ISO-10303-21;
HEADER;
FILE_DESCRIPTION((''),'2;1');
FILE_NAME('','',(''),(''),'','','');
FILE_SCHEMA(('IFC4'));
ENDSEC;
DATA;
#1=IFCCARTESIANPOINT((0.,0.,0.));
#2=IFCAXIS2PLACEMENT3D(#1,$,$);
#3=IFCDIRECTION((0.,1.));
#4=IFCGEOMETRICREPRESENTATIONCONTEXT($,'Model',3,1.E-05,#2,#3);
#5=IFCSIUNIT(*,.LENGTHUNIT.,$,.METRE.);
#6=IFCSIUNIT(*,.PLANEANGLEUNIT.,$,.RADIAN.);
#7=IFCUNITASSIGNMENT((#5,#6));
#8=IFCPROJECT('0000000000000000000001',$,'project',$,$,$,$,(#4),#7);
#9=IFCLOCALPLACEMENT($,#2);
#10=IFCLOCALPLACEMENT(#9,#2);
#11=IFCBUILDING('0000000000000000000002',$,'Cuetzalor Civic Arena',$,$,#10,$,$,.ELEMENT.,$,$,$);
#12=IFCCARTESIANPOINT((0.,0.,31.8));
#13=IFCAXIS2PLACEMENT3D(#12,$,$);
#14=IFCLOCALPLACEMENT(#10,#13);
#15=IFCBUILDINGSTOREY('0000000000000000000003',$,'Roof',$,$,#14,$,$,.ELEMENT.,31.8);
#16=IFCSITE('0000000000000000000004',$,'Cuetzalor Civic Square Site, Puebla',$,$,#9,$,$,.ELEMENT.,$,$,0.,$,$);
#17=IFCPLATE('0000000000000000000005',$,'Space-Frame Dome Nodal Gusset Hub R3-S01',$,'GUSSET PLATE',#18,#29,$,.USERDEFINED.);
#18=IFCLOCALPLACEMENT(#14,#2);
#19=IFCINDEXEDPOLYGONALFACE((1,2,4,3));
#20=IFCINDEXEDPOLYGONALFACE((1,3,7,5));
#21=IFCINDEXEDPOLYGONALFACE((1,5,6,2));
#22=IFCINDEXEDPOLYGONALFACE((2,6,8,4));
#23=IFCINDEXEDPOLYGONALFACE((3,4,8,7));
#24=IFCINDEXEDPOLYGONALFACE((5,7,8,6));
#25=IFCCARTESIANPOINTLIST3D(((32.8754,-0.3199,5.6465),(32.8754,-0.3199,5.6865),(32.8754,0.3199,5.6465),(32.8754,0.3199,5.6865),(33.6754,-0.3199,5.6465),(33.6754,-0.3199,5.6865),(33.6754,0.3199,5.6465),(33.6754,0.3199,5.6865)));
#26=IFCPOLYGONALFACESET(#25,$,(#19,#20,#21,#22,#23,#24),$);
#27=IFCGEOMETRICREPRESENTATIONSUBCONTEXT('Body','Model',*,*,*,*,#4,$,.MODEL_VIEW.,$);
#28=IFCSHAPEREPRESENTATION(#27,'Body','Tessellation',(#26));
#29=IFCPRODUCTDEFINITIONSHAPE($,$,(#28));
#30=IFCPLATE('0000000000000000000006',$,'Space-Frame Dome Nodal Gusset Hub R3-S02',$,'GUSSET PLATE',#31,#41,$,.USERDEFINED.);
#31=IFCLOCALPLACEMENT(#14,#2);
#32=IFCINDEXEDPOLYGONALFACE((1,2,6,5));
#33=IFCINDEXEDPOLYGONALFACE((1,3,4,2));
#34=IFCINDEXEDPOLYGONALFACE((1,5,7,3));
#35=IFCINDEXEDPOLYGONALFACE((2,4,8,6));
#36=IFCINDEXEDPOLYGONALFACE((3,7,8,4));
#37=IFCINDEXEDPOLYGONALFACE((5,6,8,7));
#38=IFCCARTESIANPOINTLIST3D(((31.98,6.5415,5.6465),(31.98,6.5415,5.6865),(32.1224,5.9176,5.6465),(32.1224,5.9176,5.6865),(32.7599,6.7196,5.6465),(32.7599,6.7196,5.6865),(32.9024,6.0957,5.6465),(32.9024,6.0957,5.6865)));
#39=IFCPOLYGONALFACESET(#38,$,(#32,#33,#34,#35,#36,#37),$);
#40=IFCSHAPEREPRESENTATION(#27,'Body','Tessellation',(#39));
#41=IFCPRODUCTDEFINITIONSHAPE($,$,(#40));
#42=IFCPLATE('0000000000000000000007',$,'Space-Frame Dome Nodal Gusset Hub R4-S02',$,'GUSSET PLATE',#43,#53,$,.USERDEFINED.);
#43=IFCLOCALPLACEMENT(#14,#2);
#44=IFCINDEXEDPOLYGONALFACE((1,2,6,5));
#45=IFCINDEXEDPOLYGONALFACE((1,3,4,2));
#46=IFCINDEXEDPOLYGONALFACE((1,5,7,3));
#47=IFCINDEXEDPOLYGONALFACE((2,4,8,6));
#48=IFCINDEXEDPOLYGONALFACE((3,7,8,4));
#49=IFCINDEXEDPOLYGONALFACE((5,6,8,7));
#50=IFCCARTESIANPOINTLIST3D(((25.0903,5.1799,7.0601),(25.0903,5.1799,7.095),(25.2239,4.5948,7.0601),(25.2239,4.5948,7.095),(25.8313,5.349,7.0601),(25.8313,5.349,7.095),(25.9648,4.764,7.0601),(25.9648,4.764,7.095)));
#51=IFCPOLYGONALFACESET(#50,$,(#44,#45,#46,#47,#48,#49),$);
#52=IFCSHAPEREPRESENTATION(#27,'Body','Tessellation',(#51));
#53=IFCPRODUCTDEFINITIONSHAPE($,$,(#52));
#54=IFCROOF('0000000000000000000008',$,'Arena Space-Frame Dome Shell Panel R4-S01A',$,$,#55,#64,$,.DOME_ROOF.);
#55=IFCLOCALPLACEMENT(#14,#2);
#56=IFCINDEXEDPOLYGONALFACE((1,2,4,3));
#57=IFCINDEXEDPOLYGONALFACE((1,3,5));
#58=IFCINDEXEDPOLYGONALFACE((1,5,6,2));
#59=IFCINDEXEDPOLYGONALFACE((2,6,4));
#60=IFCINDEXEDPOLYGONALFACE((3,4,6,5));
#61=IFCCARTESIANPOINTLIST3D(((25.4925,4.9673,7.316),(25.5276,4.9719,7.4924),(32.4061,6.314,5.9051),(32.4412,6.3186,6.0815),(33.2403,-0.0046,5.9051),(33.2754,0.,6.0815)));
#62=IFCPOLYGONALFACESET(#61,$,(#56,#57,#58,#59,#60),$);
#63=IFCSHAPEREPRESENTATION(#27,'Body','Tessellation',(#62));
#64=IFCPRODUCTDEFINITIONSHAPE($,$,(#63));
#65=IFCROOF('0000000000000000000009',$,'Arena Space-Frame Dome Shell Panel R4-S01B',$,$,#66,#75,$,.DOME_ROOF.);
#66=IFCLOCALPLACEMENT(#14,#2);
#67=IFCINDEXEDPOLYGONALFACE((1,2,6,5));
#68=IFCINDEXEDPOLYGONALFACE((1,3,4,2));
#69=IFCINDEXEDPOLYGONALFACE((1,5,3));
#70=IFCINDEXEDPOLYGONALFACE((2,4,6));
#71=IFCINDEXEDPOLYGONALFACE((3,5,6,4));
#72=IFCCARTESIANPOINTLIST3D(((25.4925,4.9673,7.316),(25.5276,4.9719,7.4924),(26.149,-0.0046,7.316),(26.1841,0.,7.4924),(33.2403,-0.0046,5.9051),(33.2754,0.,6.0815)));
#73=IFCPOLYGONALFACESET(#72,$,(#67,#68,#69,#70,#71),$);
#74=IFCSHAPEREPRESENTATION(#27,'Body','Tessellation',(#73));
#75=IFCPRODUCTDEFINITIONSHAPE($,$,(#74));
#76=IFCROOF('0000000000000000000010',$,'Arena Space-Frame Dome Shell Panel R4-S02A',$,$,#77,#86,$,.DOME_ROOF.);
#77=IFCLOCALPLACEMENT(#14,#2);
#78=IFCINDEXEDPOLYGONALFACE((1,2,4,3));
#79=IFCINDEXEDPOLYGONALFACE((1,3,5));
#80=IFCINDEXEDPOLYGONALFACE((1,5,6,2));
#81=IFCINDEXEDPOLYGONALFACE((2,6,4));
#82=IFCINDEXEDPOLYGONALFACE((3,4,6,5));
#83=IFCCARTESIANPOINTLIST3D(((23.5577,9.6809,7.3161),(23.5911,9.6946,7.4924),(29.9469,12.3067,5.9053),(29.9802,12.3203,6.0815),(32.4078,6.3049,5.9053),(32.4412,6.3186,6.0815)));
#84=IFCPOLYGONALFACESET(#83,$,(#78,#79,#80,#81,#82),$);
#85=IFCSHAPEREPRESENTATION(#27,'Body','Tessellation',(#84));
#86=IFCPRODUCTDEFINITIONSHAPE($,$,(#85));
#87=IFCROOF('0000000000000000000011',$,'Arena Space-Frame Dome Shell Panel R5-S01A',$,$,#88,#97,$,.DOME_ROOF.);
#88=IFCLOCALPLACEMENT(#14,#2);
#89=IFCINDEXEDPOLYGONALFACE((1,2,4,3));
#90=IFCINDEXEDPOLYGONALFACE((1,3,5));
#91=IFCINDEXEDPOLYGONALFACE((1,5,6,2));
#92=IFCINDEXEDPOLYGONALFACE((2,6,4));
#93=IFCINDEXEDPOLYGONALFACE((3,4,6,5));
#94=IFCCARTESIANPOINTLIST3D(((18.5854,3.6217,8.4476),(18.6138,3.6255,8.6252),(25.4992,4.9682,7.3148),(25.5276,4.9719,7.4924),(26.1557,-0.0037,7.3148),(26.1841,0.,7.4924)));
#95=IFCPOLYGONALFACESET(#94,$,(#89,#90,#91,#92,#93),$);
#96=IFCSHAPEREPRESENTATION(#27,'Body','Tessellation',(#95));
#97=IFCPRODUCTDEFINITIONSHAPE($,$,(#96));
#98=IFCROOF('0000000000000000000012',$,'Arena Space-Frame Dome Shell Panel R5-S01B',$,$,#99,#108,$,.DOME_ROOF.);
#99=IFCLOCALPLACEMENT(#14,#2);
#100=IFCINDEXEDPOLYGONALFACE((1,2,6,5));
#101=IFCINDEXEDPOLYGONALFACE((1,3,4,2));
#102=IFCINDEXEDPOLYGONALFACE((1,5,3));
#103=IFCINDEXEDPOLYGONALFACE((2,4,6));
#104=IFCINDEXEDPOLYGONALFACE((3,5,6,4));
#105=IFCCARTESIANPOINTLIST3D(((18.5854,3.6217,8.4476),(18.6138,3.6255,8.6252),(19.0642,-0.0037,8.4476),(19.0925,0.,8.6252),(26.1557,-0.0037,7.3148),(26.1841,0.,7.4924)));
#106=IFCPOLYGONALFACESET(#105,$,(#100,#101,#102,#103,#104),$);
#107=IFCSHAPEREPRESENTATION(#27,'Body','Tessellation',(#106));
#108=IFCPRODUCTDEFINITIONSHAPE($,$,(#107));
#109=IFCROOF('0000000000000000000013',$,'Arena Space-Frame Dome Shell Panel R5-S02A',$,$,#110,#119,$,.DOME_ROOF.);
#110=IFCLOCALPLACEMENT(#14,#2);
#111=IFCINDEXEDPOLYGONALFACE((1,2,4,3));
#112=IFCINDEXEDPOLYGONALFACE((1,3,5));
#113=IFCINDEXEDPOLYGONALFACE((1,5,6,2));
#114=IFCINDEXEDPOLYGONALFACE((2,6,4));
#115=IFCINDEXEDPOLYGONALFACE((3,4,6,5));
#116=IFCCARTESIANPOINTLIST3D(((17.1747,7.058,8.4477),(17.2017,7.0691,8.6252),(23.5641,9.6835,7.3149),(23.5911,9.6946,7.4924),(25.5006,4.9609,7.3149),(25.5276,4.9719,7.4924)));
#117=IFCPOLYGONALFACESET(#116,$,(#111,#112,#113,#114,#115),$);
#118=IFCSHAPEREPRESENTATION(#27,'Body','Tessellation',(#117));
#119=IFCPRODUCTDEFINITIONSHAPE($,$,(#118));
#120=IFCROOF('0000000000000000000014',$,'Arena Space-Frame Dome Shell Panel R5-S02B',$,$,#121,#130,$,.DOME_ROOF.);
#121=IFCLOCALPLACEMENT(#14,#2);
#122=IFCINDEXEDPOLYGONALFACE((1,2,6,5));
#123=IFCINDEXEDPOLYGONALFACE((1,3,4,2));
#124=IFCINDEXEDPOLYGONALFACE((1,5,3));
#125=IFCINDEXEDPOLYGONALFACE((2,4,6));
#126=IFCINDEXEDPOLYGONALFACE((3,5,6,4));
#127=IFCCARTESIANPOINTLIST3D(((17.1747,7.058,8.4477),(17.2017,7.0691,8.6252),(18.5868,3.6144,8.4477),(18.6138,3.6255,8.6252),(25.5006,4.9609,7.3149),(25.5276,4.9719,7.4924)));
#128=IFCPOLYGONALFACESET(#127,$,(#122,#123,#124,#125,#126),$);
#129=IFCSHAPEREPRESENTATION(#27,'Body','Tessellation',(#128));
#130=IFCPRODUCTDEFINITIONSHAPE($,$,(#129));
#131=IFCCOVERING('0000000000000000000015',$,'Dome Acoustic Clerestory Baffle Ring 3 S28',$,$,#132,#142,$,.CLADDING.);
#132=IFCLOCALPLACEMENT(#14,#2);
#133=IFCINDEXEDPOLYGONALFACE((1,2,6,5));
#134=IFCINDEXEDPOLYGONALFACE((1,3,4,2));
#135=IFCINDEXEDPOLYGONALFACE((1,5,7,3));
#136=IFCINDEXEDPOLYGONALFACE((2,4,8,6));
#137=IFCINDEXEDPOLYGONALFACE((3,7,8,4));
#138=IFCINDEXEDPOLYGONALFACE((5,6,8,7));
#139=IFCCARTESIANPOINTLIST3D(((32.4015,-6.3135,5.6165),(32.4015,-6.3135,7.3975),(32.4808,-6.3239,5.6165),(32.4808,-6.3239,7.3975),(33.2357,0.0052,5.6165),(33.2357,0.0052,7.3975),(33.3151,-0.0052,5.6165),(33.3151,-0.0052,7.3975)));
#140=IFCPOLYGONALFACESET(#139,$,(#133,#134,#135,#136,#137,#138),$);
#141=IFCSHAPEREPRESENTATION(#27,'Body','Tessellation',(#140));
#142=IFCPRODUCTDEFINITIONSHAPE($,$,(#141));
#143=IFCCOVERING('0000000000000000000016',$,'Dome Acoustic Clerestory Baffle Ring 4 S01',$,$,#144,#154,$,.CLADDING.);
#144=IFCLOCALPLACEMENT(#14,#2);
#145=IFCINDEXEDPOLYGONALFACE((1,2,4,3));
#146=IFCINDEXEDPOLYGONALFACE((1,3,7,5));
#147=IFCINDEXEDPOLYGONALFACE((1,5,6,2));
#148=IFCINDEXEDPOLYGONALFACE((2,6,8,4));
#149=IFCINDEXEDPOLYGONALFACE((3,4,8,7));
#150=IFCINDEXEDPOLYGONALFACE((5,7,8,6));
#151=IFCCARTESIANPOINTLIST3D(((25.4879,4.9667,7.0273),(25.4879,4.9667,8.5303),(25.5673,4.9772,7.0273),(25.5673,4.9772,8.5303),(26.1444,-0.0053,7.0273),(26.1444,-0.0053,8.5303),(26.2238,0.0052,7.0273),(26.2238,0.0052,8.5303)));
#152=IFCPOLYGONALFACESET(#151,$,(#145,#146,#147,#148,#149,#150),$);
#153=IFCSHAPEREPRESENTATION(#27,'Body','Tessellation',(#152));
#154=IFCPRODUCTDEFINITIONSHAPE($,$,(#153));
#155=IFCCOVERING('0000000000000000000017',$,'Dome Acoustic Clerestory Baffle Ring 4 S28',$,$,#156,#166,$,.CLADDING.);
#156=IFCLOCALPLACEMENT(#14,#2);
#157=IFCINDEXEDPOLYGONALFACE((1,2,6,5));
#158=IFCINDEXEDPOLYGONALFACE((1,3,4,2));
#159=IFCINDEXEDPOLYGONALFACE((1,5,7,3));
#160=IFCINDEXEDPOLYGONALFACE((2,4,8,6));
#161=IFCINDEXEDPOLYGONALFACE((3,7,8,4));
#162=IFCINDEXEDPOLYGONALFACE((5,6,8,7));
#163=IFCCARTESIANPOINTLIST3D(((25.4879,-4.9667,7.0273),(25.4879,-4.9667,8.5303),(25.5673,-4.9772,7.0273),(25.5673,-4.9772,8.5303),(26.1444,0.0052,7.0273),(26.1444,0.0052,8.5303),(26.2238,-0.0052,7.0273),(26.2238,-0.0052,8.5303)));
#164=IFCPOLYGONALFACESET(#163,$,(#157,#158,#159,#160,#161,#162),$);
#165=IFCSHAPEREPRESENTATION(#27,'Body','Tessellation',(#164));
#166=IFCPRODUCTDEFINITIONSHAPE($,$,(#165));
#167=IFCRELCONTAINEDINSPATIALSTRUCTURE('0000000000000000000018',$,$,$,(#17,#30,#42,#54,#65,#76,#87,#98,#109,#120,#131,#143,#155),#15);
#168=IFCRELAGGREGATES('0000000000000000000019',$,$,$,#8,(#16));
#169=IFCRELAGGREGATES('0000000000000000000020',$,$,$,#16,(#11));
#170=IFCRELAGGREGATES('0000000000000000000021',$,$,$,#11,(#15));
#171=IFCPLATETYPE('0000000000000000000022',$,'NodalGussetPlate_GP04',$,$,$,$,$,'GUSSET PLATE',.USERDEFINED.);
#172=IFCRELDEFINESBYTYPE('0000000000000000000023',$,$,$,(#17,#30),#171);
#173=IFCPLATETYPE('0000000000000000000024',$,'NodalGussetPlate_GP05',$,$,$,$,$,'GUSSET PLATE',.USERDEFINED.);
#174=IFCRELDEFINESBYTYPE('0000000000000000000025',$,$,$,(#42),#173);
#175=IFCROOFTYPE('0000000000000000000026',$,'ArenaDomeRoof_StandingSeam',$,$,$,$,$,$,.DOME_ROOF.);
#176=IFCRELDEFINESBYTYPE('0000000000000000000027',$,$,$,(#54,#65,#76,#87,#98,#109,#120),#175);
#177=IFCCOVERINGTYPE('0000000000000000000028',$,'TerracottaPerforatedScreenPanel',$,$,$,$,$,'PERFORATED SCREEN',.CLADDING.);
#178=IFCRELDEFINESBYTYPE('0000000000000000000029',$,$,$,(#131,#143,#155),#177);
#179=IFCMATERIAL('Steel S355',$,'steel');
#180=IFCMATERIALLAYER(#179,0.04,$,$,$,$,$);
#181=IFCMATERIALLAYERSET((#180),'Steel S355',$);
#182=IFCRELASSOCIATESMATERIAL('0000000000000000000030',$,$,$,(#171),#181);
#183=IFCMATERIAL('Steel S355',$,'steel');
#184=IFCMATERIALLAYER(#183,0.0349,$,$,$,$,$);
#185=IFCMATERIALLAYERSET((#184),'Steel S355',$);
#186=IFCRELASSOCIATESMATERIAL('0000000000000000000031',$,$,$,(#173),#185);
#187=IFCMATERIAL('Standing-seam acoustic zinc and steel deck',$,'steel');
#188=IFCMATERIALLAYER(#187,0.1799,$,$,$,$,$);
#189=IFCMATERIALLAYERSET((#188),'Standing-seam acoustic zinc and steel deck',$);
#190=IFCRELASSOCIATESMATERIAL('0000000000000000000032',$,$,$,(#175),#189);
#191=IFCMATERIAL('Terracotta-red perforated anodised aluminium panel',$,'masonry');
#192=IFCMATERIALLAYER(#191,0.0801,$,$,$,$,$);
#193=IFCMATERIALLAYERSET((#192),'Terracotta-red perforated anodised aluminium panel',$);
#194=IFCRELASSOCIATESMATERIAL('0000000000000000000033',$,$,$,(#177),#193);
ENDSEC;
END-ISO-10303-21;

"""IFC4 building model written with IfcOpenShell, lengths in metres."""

from ifc_helpers import new_model, si_unit, direction, frame, frame_2d, origin, origin_2d, place, context, subcontext, project, spatial, polyline, rectangle, outline, extrude, material, layer, layer_set, type_object, element, save


model = new_model("IFC4")

# Units and contexts
model_context = context("Model", 3, precision=1e-05, world=origin(), true_north=direction((0.0, 1.0)))
body_context = subcontext(model_context, "Body", "Model", "MODEL_VIEW")
ifc_project = project(units=[si_unit("LENGTHUNIT", "METRE"), si_unit("PLANEANGLEUNIT", "RADIAN")], contexts=[model_context])

# Site, building, storey
site_placement = place(None, origin())
site = spatial("IfcSite", under=ifc_project, at=site_placement, Name="Cuetzalor Civic Square Site, Puebla", CompositionType="ELEMENT", RefElevation=0.0)
building_placement = place(site_placement, origin())
building = spatial("IfcBuilding", under=site, at=building_placement, Name="Cuetzalor Civic Arena", CompositionType="ELEMENT")
storey_placement = place(building_placement, frame((0.0, 0.0, 31.8)))
storey = spatial("IfcBuildingStorey", under=building, at=storey_placement, Name="Roof", CompositionType="ELEMENT", Elevation=31.8)

# Plates
ifc_material_1 = material(Name="Steel S355", Category="steel")
ifc_layer_1 = layer(ifc_material_1, 0.04)
ifc_layer_set_1 = layer_set([ifc_layer_1], Name="Steel S355")
plate_type_1 = type_object("IfcPlateType", Name="NodalGussetPlate_GP04", ElementType="GUSSET PLATE", PredefinedType="USERDEFINED", material=ifc_layer_set_1)
for number, where, z_axis, x_axis, name in (
    (1, (33.2754, 0.0, 5.6465), (0.0, 0.0, 1.0), (1.0, 0.0, 0.0), "Space-Frame Dome Nodal Gusset Hub R3-S01"),
    (2, (32.4412, 6.3186, 5.6465), (0.0, 0.0, 1.0), (0.974917, 0.22257, 0.0), "Space-Frame Dome Nodal Gusset Hub R3-S02"),
):
    element("IfcPlate", number, at=place(storey_placement, frame(where, z_axis=z_axis, x_axis=x_axis)), inside=storey, type_object=plate_type_1, Name=name, ObjectType="GUSSET PLATE", PredefinedType="USERDEFINED", context=body_context, shape_type="SweptSolid", body=[
        extrude(rectangle(XDim=0.8, YDim=0.6399, at=origin_2d()), origin(), (0.0, 0.0, 1.0), 0.04),
    ])
ifc_material_2 = material(Name="Steel S355", Category="steel")
ifc_layer_2 = layer(ifc_material_2, 0.0349)
ifc_layer_set_2 = layer_set([ifc_layer_2], Name="Steel S355")
plate_type_2 = type_object("IfcPlateType", Name="NodalGussetPlate_GP05", ElementType="GUSSET PLATE", PredefinedType="USERDEFINED", material=ifc_layer_set_2)
plate_placement = place(storey_placement, frame((25.5276, 4.9719, 7.0601), z_axis=(0.0, 0.0, 1.0), x_axis=(0.974917, 0.22257, 0.0)))
element("IfcPlate", 3, at=plate_placement, inside=storey, type_object=plate_type_2, Name="Space-Frame Dome Nodal Gusset Hub R4-S02", ObjectType="GUSSET PLATE", PredefinedType="USERDEFINED", context=body_context, shape_type="SweptSolid", body=[
    extrude(rectangle(XDim=0.76, YDim=0.6001, at=origin_2d()), origin(), (0.0, 0.0, 1.0), 0.0349),
])

# Roofs
ifc_material_3 = material(Name="Standing-seam acoustic zinc and steel deck", Category="steel")
ifc_layer_3 = layer(ifc_material_3, 0.1799)
ifc_layer_set_3 = layer_set([ifc_layer_3], Name="Standing-seam acoustic zinc and steel deck")
roof_type = type_object("IfcRoofType", Name="ArenaDomeRoof_StandingSeam", PredefinedType="DOME_ROOF", material=ifc_layer_set_3)
roof_1_placement = place(storey_placement, frame((33.2754, 0.0, 6.0815), z_axis=(0.195069, 0.025754, 0.980451), x_axis=(-0.130891, 0.991397, 0.0)))
element("IfcRoof", 4, at=roof_1_placement, inside=storey, type_object=roof_type, Name="Arena Space-Frame Dome Shell Panel R4-S01A", PredefinedType="DOME_ROOF", context=body_context, shape_type="SweptSolid", body=[
    extrude(outline(polyline([(0.0, 0.0), (6.3734, 0.0), (5.9433, 7.1705), (0.0, 0.0)])), origin(), (0.0, 0.0, -1.0), 0.1799),
])
roof_2_placement = place(storey_placement, frame((33.2754, 0.0, 6.0815), z_axis=(0.195071, 0.025757, 0.980451), x_axis=(-0.8319, 0.533847, 0.15149)))
element("IfcRoof", 5, at=roof_2_placement, inside=storey, type_object=roof_type, Name="Arena Space-Frame Dome Shell Panel R4-S01B", PredefinedType="DOME_ROOF", context=body_context, shape_type="SweptSolid", body=[
    extrude(outline(polyline([(0.0, 0.0), (9.3134, 0.0), (6.113, 3.8612), (0.0, 0.0)])), origin(), (0.0, 0.0, -1.0), 0.1799),
])
roof_3_placement = place(storey_placement, frame((32.4412, 6.3186, 6.0815), z_axis=(0.185157, 0.075922, 0.979772), x_axis=(-0.379385, 0.925239, 0.0)))
element("IfcRoof", 6, at=roof_3_placement, inside=storey, type_object=roof_type, Name="Arena Space-Frame Dome Shell Panel R4-S02A", PredefinedType="DOME_ROOF", context=body_context, shape_type="SweptSolid", body=[
    extrude(outline(polyline([(0.0, 0.0), (6.4867, 0.0), (6.4812, 7.0503), (0.0, 0.0)])), origin(), (0.0, 0.0, -1.0), 0.1799),
])
roof_4_placement = place(storey_placement, frame((26.1841, 0.0, 7.4924), z_axis=(0.157706, 0.020824, 0.987267), x_axis=(-0.130904, 0.991395, 0.0)))
element("IfcRoof", 7, at=roof_4_placement, inside=storey, type_object=roof_type, Name="Arena Space-Frame Dome Shell Panel R5-S01A", PredefinedType="DOME_ROOF", context=body_context, shape_type="SweptSolid", body=[
    extrude(outline(polyline([(0.0, 0.0), (5.0151, 0.0), (4.5853, 7.1213), (0.0, 0.0)])), origin(), (0.0, 0.0, -1.0), 0.1799),
])
roof_5_placement = place(storey_placement, frame((26.1841, 0.0, 7.4924), z_axis=(0.157707, 0.020826, 0.987266), x_axis=(-0.893803, 0.42805, 0.133748)))
element("IfcRoof", 8, at=roof_5_placement, inside=storey, type_object=roof_type, Name="Arena Space-Frame Dome Shell Panel R5-S01B", PredefinedType="DOME_ROOF", context=body_context, shape_type="SweptSolid", body=[
    extrude(outline(polyline([(0.0, 0.0), (8.4698, 0.0), (6.49, 3.0747), (0.0, 0.0)])), origin(), (0.0, 0.0, -1.0), 0.1799),
])
roof_6_placement = place(storey_placement, frame((25.5276, 4.9719, 7.4924), z_axis=(0.14973, 0.061397, 0.986819), x_axis=(-0.379393, 0.925236, 0.0)))
element("IfcRoof", 9, at=roof_6_placement, inside=storey, type_object=roof_type, Name="Arena Space-Frame Dome Shell Panel R5-S02A", PredefinedType="DOME_ROOF", context=body_context, shape_type="SweptSolid", body=[
    extrude(outline(polyline([(0.0, 0.0), (5.1043, 0.0), (5.0992, 7.0001), (0.0, 0.0)])), origin(), (0.0, 0.0, -1.0), 0.1799),
])
roof_7_placement = place(storey_placement, frame((25.5276, 4.9719, 7.4924), z_axis=(0.149731, 0.0614, 0.986819), x_axis=(-0.96138, 0.242156, 0.130804)))
element("IfcRoof", 10, at=roof_7_placement, inside=storey, type_object=roof_type, Name="Arena Space-Frame Dome Shell Panel R5-S02B", PredefinedType="DOME_ROOF", context=body_context, shape_type="SweptSolid", body=[
    extrude(outline(polyline([(0.0, 0.0), (8.6604, 0.0), (6.4689, 3.0083), (0.0, 0.0)])), origin(), (0.0, 0.0, -1.0), 0.1799),
])

# Coverings
ifc_material_4 = material(Name="Terracotta-red perforated anodised aluminium panel", Category="masonry")
ifc_layer_4 = layer(ifc_material_4, 0.0801)
ifc_layer_set_4 = layer_set([ifc_layer_4], Name="Terracotta-red perforated anodised aluminium panel")
covering_type = type_object("IfcCoveringType", Name="TerracottaPerforatedScreenPanel", ElementType="PERFORATED SCREEN", PredefinedType="CLADDING", material=ifc_layer_set_4)
covering_placement = place(storey_placement, frame((33.2754, 0.0, 5.6165), z_axis=(0.0, 0.0, 1.0), x_axis=(-0.130891, -0.991397, 0.0)))
element("IfcCovering", 11, at=covering_placement, inside=storey, type_object=covering_type, Name="Dome Acoustic Clerestory Baffle Ring 3 S28", PredefinedType="CLADDING", context=body_context, shape_type="SweptSolid", body=[
    extrude(rectangle(XDim=6.3735, YDim=0.0801, at=frame_2d((3.1868, 0.0))), origin(), (0.0, 0.0, 1.0), 1.781),
])
for number, where, z_axis, x_axis, name in (
    (12, (25.5276, 4.9719, 7.0273), (0.0, 0.0, 1.0), (0.130904, -0.991395, 0.0), "Dome Acoustic Clerestory Baffle Ring 4 S01"),
    (13, (26.1841, 0.0, 7.0273), (0.0, 0.0, 1.0), (-0.130904, -0.991395, 0.0), "Dome Acoustic Clerestory Baffle Ring 4 S28"),
):
    element("IfcCovering", number, at=place(storey_placement, frame(where, z_axis=z_axis, x_axis=x_axis)), inside=storey, type_object=covering_type, Name=name, PredefinedType="CLADDING", context=body_context, shape_type="SweptSolid", body=[
        extrude(rectangle(XDim=5.0151, YDim=0.0801, at=frame_2d((2.5076, 0.0))), origin(), (0.0, 0.0, 1.0), 1.5029),
    ])

save(model, "model.ifc")
